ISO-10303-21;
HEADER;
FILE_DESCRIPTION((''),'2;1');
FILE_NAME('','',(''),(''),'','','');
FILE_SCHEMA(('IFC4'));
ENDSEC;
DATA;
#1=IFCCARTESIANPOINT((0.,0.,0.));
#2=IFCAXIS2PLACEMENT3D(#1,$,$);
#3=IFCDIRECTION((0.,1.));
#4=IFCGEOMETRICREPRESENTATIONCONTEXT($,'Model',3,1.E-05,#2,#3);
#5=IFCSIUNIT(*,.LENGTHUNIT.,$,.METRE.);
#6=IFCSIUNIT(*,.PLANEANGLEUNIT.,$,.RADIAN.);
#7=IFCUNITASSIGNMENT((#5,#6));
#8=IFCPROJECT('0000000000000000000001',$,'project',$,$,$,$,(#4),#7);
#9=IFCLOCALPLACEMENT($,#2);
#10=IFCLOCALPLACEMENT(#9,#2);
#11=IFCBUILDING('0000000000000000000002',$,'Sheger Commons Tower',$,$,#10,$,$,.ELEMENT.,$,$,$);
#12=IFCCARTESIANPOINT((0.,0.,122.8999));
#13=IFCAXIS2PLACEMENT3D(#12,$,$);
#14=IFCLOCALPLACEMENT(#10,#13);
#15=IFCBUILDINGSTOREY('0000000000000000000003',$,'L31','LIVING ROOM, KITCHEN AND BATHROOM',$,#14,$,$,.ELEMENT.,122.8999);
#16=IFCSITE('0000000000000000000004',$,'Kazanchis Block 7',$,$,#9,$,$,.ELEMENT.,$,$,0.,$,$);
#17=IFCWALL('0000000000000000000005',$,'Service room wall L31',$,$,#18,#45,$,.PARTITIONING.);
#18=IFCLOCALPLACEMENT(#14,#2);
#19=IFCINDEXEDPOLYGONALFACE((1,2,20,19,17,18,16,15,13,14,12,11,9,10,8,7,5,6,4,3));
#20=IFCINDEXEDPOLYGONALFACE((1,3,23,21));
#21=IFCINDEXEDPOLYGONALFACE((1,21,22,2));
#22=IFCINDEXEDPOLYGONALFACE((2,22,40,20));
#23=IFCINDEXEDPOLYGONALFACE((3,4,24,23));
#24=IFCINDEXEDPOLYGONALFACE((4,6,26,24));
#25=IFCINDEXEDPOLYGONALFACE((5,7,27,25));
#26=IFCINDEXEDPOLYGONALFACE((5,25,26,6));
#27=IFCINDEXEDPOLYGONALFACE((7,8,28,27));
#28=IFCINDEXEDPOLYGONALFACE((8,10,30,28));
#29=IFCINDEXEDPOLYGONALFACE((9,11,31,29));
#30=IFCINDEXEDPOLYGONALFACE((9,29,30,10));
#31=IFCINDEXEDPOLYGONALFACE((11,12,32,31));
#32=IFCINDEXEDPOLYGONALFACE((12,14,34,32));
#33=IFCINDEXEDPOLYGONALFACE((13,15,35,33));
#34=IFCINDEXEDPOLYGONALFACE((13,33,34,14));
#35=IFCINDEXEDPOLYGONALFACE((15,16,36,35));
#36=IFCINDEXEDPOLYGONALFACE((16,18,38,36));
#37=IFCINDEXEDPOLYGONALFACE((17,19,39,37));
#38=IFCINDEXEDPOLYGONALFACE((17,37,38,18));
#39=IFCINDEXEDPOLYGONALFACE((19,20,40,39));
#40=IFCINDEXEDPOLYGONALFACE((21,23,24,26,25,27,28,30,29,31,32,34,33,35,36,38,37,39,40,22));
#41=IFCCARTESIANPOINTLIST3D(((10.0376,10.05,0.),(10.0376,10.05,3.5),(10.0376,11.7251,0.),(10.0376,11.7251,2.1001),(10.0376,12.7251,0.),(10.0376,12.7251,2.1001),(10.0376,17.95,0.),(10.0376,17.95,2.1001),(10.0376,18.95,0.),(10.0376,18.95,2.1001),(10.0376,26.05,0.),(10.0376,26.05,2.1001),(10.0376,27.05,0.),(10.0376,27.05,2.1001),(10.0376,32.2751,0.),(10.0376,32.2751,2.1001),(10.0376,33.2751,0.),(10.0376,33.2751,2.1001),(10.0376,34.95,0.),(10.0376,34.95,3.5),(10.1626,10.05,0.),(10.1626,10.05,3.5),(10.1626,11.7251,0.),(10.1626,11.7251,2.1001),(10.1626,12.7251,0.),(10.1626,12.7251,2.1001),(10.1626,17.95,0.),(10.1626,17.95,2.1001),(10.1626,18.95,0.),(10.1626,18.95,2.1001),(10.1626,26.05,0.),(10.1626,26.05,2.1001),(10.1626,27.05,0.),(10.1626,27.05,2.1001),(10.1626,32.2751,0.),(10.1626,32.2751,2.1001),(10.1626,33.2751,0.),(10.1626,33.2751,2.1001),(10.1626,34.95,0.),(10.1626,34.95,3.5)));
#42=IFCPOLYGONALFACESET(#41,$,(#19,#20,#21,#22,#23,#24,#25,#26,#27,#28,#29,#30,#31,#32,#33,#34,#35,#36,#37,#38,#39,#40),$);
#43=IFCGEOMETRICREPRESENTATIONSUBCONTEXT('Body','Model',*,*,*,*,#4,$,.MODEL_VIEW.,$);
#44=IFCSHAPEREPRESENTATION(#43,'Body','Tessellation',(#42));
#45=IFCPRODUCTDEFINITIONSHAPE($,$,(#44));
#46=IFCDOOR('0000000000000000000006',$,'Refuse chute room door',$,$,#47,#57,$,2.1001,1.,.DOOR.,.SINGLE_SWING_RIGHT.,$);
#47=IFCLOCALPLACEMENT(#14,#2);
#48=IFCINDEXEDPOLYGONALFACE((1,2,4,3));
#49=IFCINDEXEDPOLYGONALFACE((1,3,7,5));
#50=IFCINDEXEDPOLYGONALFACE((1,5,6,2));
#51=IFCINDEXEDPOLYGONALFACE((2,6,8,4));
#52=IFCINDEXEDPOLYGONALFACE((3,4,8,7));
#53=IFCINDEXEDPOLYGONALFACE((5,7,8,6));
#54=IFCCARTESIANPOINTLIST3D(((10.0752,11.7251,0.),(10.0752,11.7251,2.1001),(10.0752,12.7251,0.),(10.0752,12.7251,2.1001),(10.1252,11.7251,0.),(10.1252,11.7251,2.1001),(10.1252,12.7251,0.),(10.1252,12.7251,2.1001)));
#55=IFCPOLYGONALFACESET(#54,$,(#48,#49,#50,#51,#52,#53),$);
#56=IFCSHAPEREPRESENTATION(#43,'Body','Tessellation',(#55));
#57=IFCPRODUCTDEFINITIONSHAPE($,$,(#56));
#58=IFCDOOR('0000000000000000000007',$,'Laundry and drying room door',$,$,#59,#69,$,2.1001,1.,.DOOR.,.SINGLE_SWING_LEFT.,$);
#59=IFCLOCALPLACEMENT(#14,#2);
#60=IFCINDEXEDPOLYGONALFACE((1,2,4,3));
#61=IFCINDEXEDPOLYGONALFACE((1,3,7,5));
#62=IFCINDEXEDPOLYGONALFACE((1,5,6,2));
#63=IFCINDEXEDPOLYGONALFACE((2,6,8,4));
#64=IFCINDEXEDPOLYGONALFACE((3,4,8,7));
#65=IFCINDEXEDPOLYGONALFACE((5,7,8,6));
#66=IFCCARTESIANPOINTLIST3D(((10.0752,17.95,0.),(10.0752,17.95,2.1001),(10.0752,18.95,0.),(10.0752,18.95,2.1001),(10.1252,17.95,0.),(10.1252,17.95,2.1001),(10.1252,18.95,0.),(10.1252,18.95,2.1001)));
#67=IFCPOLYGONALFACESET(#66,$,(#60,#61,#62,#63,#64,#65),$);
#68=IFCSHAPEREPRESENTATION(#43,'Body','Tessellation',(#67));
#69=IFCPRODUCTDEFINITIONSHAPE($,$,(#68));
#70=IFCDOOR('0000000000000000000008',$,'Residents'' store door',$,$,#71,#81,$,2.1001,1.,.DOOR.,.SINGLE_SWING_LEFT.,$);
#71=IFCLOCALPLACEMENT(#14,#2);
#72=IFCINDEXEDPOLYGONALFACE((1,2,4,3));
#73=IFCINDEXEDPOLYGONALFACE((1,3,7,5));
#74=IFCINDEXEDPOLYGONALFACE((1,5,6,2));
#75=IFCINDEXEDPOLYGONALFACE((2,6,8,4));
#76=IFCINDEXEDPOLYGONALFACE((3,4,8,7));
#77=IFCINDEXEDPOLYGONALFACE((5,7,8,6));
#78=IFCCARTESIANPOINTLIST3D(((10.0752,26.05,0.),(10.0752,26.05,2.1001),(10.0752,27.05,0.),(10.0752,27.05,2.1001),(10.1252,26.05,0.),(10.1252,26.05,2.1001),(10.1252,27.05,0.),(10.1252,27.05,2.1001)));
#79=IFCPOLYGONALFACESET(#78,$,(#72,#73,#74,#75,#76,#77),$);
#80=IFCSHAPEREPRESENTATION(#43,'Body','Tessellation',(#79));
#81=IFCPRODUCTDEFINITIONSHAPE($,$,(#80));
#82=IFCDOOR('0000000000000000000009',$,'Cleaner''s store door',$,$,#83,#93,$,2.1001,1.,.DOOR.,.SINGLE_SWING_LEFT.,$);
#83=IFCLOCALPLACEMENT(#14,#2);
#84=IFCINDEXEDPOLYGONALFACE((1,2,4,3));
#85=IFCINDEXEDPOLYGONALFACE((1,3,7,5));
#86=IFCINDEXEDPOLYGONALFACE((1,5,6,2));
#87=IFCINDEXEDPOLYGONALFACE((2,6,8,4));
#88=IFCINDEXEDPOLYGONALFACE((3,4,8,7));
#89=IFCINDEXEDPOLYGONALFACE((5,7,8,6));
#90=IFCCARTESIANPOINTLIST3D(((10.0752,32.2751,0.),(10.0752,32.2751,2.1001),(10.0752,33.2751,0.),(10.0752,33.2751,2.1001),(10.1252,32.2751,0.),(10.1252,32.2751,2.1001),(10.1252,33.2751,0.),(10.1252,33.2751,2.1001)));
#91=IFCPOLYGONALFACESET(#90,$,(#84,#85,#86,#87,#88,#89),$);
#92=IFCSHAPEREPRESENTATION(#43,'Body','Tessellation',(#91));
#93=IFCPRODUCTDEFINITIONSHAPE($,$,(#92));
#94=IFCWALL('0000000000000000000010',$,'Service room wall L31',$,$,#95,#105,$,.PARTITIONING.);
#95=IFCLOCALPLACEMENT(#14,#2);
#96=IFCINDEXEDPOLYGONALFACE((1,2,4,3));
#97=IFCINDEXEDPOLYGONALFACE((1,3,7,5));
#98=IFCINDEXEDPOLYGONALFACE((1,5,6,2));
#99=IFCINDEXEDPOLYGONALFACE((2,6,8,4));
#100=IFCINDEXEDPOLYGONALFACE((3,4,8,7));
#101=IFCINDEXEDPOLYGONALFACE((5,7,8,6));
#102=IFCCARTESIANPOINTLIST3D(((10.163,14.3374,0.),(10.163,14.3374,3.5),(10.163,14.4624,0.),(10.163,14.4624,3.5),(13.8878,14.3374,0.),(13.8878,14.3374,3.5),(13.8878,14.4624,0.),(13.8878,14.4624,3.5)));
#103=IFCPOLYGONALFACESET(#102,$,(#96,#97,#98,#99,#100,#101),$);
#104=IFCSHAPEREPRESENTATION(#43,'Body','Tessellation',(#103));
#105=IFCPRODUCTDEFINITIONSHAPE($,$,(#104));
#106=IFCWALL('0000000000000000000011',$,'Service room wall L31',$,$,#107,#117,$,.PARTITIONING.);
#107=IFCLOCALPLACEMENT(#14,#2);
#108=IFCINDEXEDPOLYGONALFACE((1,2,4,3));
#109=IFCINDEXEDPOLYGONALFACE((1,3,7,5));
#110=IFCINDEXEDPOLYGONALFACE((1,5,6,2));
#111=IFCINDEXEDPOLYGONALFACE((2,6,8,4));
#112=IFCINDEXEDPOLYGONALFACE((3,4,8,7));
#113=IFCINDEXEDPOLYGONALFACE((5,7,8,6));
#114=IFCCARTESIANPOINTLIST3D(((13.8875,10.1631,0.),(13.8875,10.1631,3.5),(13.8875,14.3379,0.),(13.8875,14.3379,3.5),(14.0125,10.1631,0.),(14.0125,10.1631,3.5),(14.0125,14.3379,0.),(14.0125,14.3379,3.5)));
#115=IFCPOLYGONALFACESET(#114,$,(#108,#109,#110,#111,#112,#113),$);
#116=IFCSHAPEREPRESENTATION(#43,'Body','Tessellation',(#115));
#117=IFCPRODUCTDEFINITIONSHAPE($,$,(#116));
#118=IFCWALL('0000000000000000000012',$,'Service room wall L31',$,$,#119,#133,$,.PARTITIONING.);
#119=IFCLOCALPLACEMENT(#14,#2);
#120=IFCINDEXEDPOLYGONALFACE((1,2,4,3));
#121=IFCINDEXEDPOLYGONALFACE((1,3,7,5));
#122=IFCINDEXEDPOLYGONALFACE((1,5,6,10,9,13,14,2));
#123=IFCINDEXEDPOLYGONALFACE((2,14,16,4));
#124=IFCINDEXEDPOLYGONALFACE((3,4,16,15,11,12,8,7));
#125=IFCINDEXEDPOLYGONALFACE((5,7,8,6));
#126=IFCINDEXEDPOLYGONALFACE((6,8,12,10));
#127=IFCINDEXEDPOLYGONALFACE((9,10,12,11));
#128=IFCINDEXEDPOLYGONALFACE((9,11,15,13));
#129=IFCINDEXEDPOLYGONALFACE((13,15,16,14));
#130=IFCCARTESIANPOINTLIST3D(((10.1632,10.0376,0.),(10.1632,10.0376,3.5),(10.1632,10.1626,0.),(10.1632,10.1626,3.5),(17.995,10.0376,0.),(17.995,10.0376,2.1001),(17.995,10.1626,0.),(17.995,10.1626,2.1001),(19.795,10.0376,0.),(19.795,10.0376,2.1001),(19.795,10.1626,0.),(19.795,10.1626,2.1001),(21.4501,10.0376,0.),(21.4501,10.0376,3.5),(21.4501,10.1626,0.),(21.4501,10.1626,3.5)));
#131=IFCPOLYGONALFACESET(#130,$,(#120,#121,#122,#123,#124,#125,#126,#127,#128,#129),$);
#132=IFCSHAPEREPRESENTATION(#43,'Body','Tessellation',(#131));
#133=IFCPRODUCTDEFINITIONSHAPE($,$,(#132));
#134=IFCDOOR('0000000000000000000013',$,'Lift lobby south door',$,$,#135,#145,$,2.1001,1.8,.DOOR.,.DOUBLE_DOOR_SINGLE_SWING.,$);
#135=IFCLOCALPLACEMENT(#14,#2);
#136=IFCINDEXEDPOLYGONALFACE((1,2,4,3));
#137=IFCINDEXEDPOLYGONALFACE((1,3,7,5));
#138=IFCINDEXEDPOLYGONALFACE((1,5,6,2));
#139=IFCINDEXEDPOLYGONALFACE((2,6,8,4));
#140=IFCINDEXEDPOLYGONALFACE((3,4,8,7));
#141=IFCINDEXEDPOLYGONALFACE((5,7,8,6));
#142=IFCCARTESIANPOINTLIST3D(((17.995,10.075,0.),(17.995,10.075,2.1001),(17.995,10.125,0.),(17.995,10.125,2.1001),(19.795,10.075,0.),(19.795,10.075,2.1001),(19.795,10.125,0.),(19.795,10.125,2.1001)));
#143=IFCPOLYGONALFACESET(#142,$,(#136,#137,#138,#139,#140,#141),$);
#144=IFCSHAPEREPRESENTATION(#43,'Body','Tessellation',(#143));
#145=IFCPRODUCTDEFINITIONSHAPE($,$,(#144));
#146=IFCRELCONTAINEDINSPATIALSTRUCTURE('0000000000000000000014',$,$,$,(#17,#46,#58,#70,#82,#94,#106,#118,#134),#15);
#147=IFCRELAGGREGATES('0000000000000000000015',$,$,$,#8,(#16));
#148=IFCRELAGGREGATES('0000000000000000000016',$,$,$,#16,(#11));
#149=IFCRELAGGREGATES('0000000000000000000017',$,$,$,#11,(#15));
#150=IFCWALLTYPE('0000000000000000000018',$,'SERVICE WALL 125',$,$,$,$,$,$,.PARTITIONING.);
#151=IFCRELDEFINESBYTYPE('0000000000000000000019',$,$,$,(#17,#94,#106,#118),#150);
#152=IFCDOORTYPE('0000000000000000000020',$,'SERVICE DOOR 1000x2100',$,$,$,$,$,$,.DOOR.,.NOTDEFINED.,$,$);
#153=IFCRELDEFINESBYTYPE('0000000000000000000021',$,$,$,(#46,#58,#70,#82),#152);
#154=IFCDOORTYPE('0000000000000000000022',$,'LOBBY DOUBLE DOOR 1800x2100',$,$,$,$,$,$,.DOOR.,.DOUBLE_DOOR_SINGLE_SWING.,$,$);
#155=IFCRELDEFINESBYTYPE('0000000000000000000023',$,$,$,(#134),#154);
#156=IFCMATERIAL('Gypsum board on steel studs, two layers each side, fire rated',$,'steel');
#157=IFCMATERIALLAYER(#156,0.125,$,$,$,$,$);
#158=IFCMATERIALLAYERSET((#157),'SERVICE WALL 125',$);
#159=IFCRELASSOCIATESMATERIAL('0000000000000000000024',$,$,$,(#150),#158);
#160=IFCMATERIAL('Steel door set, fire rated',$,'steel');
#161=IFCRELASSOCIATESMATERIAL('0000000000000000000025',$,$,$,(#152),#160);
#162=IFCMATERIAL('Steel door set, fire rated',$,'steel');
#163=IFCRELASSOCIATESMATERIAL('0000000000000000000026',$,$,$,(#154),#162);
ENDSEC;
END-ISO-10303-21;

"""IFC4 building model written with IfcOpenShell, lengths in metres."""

from ifc_helpers import new_model, si_unit, direction, frame, frame_2d, origin, place, context, subcontext, project, spatial, rectangle, extrude, material, layer, layer_set, type_object, element, fill, save


model = new_model("IFC4")

# Units and contexts
model_context = context("Model", 3, precision=1e-05, world=origin(), true_north=direction((0.0, 1.0)))
body_context = subcontext(model_context, "Body", "Model", "MODEL_VIEW")
ifc_project = project(units=[si_unit("LENGTHUNIT", "METRE"), si_unit("PLANEANGLEUNIT", "RADIAN")], contexts=[model_context])

# Site, building, storey
site_placement = place(None, origin())
site = spatial("IfcSite", under=ifc_project, at=site_placement, Name="Kazanchis Block 7", CompositionType="ELEMENT", RefElevation=0.0)
building_placement = place(site_placement, origin())
building = spatial("IfcBuilding", under=site, at=building_placement, Name="Sheger Commons Tower", CompositionType="ELEMENT")
storey_placement = place(building_placement, frame((0.0, 0.0, 122.8999)))
storey = spatial("IfcBuildingStorey", under=building, at=storey_placement, Name="L31", Description="LIVING ROOM, KITCHEN AND BATHROOM", CompositionType="ELEMENT", Elevation=122.8999)

# Wall, openings, doors
ifc_material_1 = material(Name="Gypsum board on steel studs, two layers each side, fire rated", Category="steel")
ifc_layer_1 = layer(ifc_material_1, 0.125)
ifc_layer_set_1 = layer_set([ifc_layer_1], Name="SERVICE WALL 125")
wall_type_1 = type_object("IfcWallType", Name="SERVICE WALL 125", PredefinedType="PARTITIONING", material=ifc_layer_set_1)
wall_1_placement = place(storey_placement, frame((10.1001, 10.05, 0.0), z_axis=(0.0, 0.0, 1.0), x_axis=(0.0, 1.0, 0.0)))
wall_1 = element("IfcWall", 1, at=wall_1_placement, inside=storey, type_object=wall_type_1, Name="Service room wall L31", PredefinedType="PARTITIONING", context=body_context, shape_type="SweptSolid", body=[
    extrude(rectangle(XDim=24.8999, YDim=0.125, at=frame_2d((12.45, 0.0))), origin(), (0.0, 0.0, 1.0), 3.5),
])
opening_1_placement = place(wall_1_placement, frame((1.675, 0.0, 0.0)))
opening_1 = element("IfcOpeningElement", 2, at=opening_1_placement, cuts=wall_1, PredefinedType="OPENING", context=body_context, shape_type="SweptSolid", body=[
    extrude(rectangle(XDim=1.0, YDim=2.1001, at=frame_2d((0.5, 1.05))), frame((0.0, 0.0725, 0.0), z_axis=(0.0, -1.0, 0.0), x_axis=(1.0, 0.0, 0.0)), (0.0, 0.0, 1.0), 0.145),
])
opening_2_placement = place(wall_1_placement, frame((7.8999, 0.0, 0.0)))
opening_2 = element("IfcOpeningElement", 3, at=opening_2_placement, cuts=wall_1, PredefinedType="OPENING", context=body_context, shape_type="SweptSolid", body=[
    extrude(rectangle(XDim=1.0, YDim=2.1001, at=frame_2d((0.5, 1.05))), frame((0.0, 0.0725, 0.0), z_axis=(0.0, -1.0, 0.0), x_axis=(1.0, 0.0, 0.0)), (0.0, 0.0, 1.0), 0.145),
])
opening_3_placement = place(wall_1_placement, frame((16.0, 0.0, 0.0)))
opening_3 = element("IfcOpeningElement", 4, at=opening_3_placement, cuts=wall_1, PredefinedType="OPENING", context=body_context, shape_type="SweptSolid", body=[
    extrude(rectangle(XDim=1.0, YDim=2.1001, at=frame_2d((0.5, 1.05))), frame((0.0, 0.0725, 0.0), z_axis=(0.0, -1.0, 0.0), x_axis=(1.0, 0.0, 0.0)), (0.0, 0.0, 1.0), 0.145),
])
opening_4_placement = place(wall_1_placement, frame((22.2251, 0.0, 0.0)))
opening_4 = element("IfcOpeningElement", 5, at=opening_4_placement, cuts=wall_1, PredefinedType="OPENING", context=body_context, shape_type="SweptSolid", body=[
    extrude(rectangle(XDim=1.0, YDim=2.1001, at=frame_2d((0.5, 1.05))), frame((0.0, 0.0725, 0.0), z_axis=(0.0, -1.0, 0.0), x_axis=(1.0, 0.0, 0.0)), (0.0, 0.0, 1.0), 0.145),
])
ifc_material_2 = material(Name="Steel door set, fire rated", Category="steel")
door_type_1 = type_object("IfcDoorType", Name="SERVICE DOOR 1000x2100", OperationType="NOTDEFINED", PredefinedType="DOOR", material=ifc_material_2)
door_1_placement = place(opening_1_placement, origin())
door_1 = element("IfcDoor", 6, at=door_1_placement, inside=storey, type_object=door_type_1, Name="Refuse chute room door", OperationType="SINGLE_SWING_RIGHT", OverallHeight=2.1001, OverallWidth=1.0, PredefinedType="DOOR", context=body_context, shape_type="SweptSolid", body=[
    extrude(rectangle(XDim=1.0, YDim=2.1001, at=frame_2d((0.5, 1.05))), frame((0.0, 0.0249, 0.0), z_axis=(0.0, -1.0, 0.0), x_axis=(1.0, 0.0, 0.0)), (0.0, 0.0, 1.0), 0.05),
])
fill(opening_1, door_1)
door_2_placement = place(opening_2_placement, origin())
door_2 = element("IfcDoor", 7, at=door_2_placement, inside=storey, type_object=door_type_1, Name="Laundry and drying room door", OperationType="SINGLE_SWING_LEFT", OverallHeight=2.1001, OverallWidth=1.0, PredefinedType="DOOR", context=body_context, shape_type="SweptSolid", body=[
    extrude(rectangle(XDim=1.0, YDim=2.1001, at=frame_2d((0.5, 1.05))), frame((0.0, 0.0249, 0.0), z_axis=(0.0, -1.0, 0.0), x_axis=(1.0, 0.0, 0.0)), (0.0, 0.0, 1.0), 0.05),
])
fill(opening_2, door_2)
door_3_placement = place(opening_3_placement, origin())
door_3 = element("IfcDoor", 8, at=door_3_placement, inside=storey, type_object=door_type_1, Name="Residents' store door", OperationType="SINGLE_SWING_LEFT", OverallHeight=2.1001, OverallWidth=1.0, PredefinedType="DOOR", context=body_context, shape_type="SweptSolid", body=[
    extrude(rectangle(XDim=1.0, YDim=2.1001, at=frame_2d((0.5, 1.05))), frame((0.0, 0.0249, 0.0), z_axis=(0.0, -1.0, 0.0), x_axis=(1.0, 0.0, 0.0)), (0.0, 0.0, 1.0), 0.05),
])
fill(opening_3, door_3)
door_4_placement = place(opening_4_placement, origin())
door_4 = element("IfcDoor", 9, at=door_4_placement, inside=storey, type_object=door_type_1, Name="Cleaner's store door", OperationType="SINGLE_SWING_LEFT", OverallHeight=2.1001, OverallWidth=1.0, PredefinedType="DOOR", context=body_context, shape_type="SweptSolid", body=[
    extrude(rectangle(XDim=1.0, YDim=2.1001, at=frame_2d((0.5, 1.05))), frame((0.0, 0.0249, 0.0), z_axis=(0.0, -1.0, 0.0), x_axis=(1.0, 0.0, 0.0)), (0.0, 0.0, 1.0), 0.05),
])
fill(opening_4, door_4)

# Walls
wall_2_placement = place(storey_placement, frame((10.1631, 14.3999, 0.0), z_axis=(0.0, 0.0, 1.0), x_axis=(1.0, 0.0, 0.0)))
element("IfcWall", 10, at=wall_2_placement, inside=storey, type_object=wall_type_1, Name="Service room wall L31", PredefinedType="PARTITIONING", context=body_context, shape_type="SweptSolid", body=[
    extrude(rectangle(XDim=3.7249, YDim=0.125, at=frame_2d((1.8623, 0.0))), origin(), (0.0, 0.0, 1.0), 3.5),
])
wall_3_placement = place(storey_placement, frame((13.95, 10.1631, 0.0), z_axis=(0.0, 0.0, 1.0), x_axis=(0.0, 1.0, 0.0)))
element("IfcWall", 11, at=wall_3_placement, inside=storey, type_object=wall_type_1, Name="Service room wall L31", PredefinedType="PARTITIONING", context=body_context, shape_type="SweptSolid", body=[
    extrude(rectangle(XDim=4.1748, YDim=0.125, at=frame_2d((2.0874, 0.0))), origin(), (0.0, 0.0, 1.0), 3.5),
])

# Wall, opening, door
wall_4_placement = place(storey_placement, frame((10.1631, 10.1001, 0.0), z_axis=(0.0, 0.0, 1.0), x_axis=(1.0, 0.0, 0.0)))
wall_4 = element("IfcWall", 12, at=wall_4_placement, inside=storey, type_object=wall_type_1, Name="Service room wall L31", PredefinedType="PARTITIONING", context=body_context, shape_type="SweptSolid", body=[
    extrude(rectangle(XDim=11.2869, YDim=0.125, at=frame_2d((5.6436, 0.0))), origin(), (0.0, 0.0, 1.0), 3.5),
])
opening_5_placement = place(wall_4_placement, frame((7.832, 0.0, 0.0)))
opening_5 = element("IfcOpeningElement", 13, at=opening_5_placement, cuts=wall_4, PredefinedType="OPENING", context=body_context, shape_type="SweptSolid", body=[
    extrude(rectangle(XDim=1.8, YDim=2.1001, at=frame_2d((0.8999, 1.05))), frame((0.0, 0.0725, 0.0), z_axis=(0.0, -1.0, 0.0), x_axis=(1.0, 0.0, 0.0)), (0.0, 0.0, 1.0), 0.145),
])
ifc_material_3 = material(Name="Steel door set, fire rated", Category="steel")
door_type_2 = type_object("IfcDoorType", Name="LOBBY DOUBLE DOOR 1800x2100", OperationType="DOUBLE_DOOR_SINGLE_SWING", PredefinedType="DOOR", material=ifc_material_3)
door_5_placement = place(opening_5_placement, origin())
door_5 = element("IfcDoor", 14, at=door_5_placement, inside=storey, type_object=door_type_2, Name="Lift lobby south door", OperationType="DOUBLE_DOOR_SINGLE_SWING", OverallHeight=2.1001, OverallWidth=1.8, PredefinedType="DOOR", context=body_context, shape_type="SweptSolid", body=[
    extrude(rectangle(XDim=1.8, YDim=2.1001, at=frame_2d((0.8999, 1.05))), frame((0.0, 0.0249, 0.0), z_axis=(0.0, -1.0, 0.0), x_axis=(1.0, 0.0, 0.0)), (0.0, 0.0, 1.0), 0.05),
])
fill(opening_5, door_5)

save(model, "model.ifc")
